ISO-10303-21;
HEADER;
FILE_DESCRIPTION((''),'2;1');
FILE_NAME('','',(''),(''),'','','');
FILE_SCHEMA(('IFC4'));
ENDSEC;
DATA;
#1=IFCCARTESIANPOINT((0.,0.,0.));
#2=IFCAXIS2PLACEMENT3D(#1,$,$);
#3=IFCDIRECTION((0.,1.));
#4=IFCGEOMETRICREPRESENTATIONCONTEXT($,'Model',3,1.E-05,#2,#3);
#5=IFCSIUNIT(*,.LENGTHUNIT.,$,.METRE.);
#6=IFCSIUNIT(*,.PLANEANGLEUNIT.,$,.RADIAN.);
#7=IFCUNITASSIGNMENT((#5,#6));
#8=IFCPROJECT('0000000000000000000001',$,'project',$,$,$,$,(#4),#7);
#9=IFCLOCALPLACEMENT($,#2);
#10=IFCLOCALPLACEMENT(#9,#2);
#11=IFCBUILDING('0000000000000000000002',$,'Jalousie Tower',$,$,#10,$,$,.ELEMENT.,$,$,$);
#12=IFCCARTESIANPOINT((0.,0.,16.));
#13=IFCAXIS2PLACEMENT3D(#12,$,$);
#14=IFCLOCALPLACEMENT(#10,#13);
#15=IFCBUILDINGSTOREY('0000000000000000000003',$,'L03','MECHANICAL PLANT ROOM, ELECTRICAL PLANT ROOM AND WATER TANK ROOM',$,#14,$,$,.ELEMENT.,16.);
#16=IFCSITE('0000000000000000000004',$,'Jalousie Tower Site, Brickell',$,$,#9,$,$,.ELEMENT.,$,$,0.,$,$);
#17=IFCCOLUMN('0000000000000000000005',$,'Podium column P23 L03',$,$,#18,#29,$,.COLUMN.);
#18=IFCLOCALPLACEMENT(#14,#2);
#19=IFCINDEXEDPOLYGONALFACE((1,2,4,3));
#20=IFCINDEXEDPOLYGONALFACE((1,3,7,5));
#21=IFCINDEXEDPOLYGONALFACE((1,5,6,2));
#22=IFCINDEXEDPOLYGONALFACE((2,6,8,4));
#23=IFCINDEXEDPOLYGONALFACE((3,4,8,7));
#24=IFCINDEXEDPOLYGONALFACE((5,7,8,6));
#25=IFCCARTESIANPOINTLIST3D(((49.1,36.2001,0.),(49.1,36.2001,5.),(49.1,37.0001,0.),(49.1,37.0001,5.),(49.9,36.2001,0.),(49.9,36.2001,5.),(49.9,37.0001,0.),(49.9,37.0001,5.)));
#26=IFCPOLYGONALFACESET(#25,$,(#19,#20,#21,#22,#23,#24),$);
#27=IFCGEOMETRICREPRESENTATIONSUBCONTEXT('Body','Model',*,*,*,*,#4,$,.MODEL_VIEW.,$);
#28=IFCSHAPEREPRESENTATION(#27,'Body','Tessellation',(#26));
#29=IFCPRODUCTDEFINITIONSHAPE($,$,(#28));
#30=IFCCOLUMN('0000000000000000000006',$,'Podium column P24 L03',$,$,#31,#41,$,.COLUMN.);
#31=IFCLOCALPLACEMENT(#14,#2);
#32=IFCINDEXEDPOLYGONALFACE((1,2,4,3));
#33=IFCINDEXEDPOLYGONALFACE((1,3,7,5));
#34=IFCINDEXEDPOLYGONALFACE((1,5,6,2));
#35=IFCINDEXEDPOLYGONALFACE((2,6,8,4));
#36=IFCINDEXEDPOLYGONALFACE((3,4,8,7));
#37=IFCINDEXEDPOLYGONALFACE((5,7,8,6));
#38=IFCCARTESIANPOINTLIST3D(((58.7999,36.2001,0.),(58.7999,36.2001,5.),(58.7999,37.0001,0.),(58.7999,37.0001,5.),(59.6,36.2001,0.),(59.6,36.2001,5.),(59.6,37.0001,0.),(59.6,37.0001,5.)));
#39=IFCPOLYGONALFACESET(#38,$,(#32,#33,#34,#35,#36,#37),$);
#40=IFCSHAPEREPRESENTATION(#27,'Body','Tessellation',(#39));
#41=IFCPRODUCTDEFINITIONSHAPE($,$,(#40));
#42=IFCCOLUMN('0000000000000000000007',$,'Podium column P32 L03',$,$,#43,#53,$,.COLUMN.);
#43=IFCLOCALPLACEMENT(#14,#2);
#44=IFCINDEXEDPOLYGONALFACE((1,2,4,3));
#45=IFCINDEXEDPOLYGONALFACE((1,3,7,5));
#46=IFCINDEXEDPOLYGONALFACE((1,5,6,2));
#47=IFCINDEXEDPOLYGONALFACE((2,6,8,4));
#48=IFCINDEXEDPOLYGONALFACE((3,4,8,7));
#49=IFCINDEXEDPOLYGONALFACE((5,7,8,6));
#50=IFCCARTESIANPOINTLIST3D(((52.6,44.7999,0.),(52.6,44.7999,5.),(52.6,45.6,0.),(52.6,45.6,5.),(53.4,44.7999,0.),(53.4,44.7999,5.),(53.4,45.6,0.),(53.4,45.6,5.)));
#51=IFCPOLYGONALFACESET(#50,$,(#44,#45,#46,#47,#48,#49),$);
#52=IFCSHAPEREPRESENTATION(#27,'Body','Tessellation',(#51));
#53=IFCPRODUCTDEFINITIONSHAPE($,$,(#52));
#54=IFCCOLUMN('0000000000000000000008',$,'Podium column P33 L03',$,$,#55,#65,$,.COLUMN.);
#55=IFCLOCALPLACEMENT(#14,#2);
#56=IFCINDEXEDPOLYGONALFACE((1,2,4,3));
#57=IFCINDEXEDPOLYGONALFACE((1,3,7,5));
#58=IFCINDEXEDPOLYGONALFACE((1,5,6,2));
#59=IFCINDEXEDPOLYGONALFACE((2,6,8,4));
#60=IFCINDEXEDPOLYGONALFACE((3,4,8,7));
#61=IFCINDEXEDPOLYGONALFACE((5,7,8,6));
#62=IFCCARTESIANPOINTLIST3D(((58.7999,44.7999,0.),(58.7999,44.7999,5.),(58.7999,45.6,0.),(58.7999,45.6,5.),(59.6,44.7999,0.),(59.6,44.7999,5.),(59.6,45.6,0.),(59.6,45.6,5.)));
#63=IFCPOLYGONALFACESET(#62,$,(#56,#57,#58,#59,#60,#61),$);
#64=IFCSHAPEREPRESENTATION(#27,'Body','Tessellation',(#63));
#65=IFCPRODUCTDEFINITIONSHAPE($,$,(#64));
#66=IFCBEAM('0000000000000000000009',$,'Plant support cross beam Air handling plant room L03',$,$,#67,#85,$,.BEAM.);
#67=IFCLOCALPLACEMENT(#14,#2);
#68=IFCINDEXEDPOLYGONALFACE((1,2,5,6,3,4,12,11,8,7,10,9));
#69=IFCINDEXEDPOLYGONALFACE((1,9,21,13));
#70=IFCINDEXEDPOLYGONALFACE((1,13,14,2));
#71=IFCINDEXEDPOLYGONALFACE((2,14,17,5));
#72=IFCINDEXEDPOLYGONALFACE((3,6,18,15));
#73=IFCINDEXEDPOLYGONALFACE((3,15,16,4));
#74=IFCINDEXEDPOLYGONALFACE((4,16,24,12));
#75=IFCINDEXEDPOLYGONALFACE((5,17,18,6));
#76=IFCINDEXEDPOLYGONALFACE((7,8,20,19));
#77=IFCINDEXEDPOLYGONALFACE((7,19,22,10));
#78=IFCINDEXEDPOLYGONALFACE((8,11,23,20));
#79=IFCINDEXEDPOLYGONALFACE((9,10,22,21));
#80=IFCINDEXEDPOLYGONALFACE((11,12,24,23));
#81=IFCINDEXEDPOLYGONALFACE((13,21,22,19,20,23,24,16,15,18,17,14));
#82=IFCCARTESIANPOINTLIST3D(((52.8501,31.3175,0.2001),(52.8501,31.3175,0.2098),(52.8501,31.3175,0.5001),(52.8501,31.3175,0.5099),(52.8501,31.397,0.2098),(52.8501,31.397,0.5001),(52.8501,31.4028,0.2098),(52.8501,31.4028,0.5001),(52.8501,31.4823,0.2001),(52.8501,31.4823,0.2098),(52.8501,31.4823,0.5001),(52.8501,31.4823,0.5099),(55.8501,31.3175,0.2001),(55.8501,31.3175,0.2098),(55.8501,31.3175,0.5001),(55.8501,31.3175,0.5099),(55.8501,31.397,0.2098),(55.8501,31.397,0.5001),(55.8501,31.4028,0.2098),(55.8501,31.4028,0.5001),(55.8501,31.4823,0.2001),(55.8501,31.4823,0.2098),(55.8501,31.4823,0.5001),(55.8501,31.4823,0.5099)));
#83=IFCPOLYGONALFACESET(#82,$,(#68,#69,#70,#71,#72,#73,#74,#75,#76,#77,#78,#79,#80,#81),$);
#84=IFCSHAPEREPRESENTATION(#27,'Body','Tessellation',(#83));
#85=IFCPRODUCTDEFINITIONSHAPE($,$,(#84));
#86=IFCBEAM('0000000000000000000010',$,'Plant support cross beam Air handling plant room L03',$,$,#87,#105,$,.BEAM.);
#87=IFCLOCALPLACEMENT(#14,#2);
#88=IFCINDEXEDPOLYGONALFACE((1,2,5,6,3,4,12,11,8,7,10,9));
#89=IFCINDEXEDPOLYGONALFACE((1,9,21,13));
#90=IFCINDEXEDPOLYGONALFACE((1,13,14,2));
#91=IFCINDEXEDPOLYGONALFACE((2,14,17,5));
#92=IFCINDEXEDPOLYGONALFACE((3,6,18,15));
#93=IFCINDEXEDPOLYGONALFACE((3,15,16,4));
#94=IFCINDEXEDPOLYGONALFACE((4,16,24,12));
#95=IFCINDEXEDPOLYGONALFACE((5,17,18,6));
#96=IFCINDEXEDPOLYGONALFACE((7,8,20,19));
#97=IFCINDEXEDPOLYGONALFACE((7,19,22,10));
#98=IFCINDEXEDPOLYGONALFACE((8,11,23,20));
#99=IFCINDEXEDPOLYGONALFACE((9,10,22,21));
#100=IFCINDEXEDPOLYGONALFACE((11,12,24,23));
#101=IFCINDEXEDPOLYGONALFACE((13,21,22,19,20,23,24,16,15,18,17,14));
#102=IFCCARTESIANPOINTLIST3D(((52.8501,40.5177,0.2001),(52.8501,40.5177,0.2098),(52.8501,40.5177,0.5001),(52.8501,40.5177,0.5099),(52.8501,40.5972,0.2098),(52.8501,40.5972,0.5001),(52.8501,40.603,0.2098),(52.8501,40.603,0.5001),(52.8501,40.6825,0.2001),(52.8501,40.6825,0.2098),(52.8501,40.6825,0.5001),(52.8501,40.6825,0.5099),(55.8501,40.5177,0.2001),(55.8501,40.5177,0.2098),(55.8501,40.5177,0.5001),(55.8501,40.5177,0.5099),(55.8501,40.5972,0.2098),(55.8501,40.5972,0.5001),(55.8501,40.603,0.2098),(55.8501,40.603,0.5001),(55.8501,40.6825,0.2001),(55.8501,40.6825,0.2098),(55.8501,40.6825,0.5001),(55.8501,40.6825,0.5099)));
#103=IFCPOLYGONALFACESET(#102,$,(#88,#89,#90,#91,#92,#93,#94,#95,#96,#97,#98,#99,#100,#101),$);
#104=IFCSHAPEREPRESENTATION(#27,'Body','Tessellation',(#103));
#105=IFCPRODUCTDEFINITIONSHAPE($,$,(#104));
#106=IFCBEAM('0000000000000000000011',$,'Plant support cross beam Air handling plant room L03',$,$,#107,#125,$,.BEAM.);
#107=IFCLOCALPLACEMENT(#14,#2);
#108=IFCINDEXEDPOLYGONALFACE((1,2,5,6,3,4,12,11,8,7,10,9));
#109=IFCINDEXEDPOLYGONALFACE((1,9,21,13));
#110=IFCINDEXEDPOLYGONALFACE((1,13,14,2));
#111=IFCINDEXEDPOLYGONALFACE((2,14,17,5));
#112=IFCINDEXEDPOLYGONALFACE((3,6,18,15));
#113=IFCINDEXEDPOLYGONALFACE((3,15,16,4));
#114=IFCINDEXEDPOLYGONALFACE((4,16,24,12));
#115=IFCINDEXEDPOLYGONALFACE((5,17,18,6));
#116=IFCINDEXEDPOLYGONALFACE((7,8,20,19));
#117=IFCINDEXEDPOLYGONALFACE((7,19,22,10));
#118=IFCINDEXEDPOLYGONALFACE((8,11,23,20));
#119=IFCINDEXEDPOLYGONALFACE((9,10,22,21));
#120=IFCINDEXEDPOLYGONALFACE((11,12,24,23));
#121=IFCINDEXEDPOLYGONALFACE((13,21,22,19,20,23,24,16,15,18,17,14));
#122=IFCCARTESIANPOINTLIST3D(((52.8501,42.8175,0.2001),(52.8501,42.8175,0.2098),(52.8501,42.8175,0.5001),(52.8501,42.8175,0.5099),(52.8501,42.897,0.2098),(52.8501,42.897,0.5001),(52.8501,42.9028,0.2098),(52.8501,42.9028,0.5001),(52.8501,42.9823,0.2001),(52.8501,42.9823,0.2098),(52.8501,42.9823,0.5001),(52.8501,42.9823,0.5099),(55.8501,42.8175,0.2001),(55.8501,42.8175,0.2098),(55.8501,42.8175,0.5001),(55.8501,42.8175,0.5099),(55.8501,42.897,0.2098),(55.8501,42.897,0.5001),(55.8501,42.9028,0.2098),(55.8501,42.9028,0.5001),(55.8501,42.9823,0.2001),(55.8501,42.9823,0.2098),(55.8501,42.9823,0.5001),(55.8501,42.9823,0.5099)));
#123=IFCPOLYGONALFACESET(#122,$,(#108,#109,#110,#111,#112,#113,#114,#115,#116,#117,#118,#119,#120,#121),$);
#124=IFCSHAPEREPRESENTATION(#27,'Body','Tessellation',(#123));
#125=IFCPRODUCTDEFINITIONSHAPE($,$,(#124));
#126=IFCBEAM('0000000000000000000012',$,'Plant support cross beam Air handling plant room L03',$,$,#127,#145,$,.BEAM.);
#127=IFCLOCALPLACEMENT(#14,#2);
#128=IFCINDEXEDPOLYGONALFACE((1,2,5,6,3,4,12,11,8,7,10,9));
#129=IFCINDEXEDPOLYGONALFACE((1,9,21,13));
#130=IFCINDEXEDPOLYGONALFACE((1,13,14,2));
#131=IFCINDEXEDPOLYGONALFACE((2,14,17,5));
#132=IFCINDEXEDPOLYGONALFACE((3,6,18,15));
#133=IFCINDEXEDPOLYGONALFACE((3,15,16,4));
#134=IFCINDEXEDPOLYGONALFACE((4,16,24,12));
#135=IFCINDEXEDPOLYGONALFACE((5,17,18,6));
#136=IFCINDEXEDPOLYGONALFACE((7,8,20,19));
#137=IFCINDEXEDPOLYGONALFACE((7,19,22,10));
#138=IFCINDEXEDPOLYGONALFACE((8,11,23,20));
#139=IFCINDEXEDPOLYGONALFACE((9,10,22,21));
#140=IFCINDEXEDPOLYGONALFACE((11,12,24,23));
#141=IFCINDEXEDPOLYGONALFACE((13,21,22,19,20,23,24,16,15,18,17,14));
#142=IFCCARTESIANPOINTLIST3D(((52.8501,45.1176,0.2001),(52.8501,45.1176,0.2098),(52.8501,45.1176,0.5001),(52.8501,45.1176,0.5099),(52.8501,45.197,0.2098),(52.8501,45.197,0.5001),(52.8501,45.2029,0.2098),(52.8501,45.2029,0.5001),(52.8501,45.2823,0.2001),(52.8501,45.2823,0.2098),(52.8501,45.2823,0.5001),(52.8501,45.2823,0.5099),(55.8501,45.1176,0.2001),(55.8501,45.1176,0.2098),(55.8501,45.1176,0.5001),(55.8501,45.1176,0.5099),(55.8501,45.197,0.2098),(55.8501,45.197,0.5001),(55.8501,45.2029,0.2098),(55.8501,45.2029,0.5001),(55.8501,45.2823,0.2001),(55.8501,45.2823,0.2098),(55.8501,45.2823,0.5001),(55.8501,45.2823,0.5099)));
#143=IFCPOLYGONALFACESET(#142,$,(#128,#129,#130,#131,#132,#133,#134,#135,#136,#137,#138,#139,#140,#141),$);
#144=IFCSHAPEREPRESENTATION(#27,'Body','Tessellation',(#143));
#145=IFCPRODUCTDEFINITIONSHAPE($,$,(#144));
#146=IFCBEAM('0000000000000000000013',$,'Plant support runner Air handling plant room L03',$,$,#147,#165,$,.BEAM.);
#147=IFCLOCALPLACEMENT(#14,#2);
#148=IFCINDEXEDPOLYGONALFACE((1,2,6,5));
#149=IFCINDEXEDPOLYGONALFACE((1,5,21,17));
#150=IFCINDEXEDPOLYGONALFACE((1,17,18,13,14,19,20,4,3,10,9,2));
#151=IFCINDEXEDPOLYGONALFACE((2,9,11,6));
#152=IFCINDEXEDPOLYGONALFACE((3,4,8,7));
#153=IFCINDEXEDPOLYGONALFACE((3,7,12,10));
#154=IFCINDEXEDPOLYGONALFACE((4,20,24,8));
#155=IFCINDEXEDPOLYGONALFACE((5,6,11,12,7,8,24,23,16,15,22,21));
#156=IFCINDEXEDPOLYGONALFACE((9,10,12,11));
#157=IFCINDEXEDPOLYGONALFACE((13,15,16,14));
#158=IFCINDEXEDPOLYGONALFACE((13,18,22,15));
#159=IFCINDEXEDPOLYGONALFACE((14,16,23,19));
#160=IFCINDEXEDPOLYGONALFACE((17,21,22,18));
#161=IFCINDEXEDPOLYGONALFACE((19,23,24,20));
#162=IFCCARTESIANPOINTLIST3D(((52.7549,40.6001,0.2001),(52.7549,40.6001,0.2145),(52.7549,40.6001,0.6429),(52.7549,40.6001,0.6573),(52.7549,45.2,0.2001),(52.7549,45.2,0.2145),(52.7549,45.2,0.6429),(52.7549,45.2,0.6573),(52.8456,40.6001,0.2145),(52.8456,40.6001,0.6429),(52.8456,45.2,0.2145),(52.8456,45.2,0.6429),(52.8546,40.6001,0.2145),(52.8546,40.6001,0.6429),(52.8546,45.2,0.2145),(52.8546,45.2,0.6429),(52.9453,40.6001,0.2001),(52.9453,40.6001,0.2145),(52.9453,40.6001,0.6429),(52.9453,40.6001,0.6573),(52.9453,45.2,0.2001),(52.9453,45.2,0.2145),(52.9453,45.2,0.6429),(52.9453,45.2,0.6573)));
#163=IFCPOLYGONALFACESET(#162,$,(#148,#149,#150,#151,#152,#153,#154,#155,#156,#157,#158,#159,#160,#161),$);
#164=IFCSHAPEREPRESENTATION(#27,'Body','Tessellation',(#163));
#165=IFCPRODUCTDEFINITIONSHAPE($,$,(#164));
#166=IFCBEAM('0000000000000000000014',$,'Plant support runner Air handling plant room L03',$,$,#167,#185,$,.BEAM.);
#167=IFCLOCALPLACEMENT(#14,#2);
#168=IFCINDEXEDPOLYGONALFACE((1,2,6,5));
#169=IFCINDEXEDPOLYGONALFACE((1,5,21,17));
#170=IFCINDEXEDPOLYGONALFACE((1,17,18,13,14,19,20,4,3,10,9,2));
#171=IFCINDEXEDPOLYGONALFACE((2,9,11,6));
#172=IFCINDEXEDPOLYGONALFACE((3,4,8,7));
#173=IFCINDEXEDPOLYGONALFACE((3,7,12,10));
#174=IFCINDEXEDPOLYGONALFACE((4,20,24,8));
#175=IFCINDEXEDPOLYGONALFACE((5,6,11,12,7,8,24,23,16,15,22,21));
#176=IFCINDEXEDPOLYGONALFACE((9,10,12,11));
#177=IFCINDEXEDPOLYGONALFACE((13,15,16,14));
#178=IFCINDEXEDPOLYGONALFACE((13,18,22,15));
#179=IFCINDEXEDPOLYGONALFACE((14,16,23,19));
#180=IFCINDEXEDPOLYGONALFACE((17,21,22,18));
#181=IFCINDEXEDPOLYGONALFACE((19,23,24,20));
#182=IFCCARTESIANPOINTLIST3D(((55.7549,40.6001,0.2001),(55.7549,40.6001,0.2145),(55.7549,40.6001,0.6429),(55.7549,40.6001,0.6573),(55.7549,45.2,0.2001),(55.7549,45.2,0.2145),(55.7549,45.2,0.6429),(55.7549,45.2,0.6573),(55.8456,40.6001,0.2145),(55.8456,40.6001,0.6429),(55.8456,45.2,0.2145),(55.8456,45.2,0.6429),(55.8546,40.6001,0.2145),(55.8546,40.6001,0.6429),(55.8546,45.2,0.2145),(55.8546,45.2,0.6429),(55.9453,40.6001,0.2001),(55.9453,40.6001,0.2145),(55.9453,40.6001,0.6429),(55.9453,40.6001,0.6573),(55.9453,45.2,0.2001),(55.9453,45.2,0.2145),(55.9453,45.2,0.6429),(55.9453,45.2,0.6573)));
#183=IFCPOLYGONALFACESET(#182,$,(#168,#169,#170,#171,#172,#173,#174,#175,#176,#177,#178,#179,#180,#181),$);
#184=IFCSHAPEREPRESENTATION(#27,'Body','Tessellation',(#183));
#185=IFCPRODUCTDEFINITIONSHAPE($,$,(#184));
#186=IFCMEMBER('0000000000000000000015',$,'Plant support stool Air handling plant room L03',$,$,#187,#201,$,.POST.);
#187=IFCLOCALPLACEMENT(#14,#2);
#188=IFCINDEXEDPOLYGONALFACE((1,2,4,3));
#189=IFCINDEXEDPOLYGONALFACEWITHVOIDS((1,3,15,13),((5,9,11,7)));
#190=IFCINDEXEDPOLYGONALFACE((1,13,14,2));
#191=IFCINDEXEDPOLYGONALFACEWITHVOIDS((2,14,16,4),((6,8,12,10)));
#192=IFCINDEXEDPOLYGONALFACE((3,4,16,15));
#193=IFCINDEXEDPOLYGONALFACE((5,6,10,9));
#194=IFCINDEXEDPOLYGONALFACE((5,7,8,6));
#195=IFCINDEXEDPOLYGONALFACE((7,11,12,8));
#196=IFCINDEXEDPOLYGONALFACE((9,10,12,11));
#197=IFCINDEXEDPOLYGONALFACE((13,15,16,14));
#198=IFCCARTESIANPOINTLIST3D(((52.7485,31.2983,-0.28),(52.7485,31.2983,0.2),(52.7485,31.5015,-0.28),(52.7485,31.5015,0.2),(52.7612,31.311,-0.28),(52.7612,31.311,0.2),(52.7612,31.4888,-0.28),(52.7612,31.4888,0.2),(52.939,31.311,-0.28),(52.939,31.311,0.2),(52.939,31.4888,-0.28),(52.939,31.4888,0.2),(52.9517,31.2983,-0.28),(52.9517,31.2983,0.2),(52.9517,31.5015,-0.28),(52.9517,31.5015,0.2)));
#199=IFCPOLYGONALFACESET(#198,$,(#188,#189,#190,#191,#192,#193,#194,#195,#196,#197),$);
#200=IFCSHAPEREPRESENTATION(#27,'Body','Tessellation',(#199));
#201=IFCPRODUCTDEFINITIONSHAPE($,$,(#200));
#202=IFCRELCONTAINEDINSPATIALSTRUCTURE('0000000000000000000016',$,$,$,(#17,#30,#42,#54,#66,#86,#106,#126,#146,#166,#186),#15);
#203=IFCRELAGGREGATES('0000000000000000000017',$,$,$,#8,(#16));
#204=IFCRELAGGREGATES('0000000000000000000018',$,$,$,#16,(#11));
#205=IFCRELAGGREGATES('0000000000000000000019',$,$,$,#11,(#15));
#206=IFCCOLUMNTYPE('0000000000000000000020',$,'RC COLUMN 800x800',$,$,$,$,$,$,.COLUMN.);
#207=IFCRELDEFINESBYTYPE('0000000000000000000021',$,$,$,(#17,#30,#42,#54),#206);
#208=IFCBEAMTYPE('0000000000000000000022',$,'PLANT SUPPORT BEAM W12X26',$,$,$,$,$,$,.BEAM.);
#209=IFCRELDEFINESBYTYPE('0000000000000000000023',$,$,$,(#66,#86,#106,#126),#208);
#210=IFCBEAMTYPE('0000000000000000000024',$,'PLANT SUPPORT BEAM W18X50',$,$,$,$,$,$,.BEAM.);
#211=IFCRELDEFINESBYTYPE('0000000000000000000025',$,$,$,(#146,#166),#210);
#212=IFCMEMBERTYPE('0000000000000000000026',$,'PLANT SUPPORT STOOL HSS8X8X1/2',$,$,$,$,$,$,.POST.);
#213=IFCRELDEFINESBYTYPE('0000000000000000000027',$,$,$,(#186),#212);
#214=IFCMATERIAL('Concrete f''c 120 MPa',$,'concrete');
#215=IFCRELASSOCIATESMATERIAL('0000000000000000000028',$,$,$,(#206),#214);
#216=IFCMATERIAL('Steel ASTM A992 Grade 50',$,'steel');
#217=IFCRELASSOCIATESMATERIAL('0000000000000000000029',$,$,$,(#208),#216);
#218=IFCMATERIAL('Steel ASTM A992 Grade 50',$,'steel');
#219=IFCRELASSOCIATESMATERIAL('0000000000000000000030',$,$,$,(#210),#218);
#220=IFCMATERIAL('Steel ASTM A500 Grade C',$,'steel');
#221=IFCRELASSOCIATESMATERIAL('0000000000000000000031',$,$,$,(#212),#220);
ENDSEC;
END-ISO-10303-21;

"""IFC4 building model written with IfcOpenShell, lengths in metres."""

from ifc_helpers import new_model, si_unit, direction, frame, origin, origin_2d, place, context, subcontext, project, spatial, rectangle, hollow_rectangle, i_section, extrude, material, material_profile, profile_set, type_object, element, save


model = new_model("IFC4")

# Units and contexts
model_context = context("Model", 3, precision=1e-05, world=origin(), true_north=direction((0.0, 1.0)))
body_context = subcontext(model_context, "Body", "Model", "MODEL_VIEW")
ifc_project = project(units=[si_unit("LENGTHUNIT", "METRE"), si_unit("PLANEANGLEUNIT", "RADIAN")], contexts=[model_context])

# Site, building, storey
site_placement = place(None, origin())
site = spatial("IfcSite", under=ifc_project, at=site_placement, Name="Jalousie Tower Site, Brickell", CompositionType="ELEMENT", RefElevation=0.0)
building_placement = place(site_placement, origin())
building = spatial("IfcBuilding", under=site, at=building_placement, Name="Jalousie Tower", CompositionType="ELEMENT")
storey_placement = place(building_placement, frame((0.0, 0.0, 16.0)))
storey = spatial("IfcBuildingStorey", under=building, at=storey_placement, Name="L03", Description="MECHANICAL PLANT ROOM, ELECTRICAL PLANT ROOM AND WATER TANK ROOM", CompositionType="ELEMENT", Elevation=16.0)

# Columns
ifc_material_1 = material(Name="Concrete f'c 120 MPa", Category="concrete")
ifc_material_profile_1 = material_profile(ifc_material_1, rectangle(XDim=0.8, YDim=0.8, at=origin_2d()), Name="RC 800x800")
ifc_profile_set_1 = profile_set([ifc_material_profile_1], Name="Concrete f'c 120 MPa")
column_type = type_object("IfcColumnType", Name="RC COLUMN 800x800", PredefinedType="COLUMN", material=ifc_profile_set_1)
for number, where, z_axis, x_axis, name in (
    (1, (49.5, 36.6001, 0.0), (0.0, 0.0, 1.0), (1.0, 0.0, 0.0), "Podium column P23 L03"),
    (2, (59.2, 36.6001, 0.0), (0.0, 0.0, 1.0), (1.0, 0.0, 0.0), "Podium column P24 L03"),
    (3, (53.0, 45.2, 0.0), (0.0, 0.0, 1.0), (1.0, 0.0, 0.0), "Podium column P32 L03"),
    (4, (59.2, 45.2, 0.0), (0.0, 0.0, 1.0), (1.0, 0.0, 0.0), "Podium column P33 L03"),
):
    element("IfcColumn", number, at=place(storey_placement, frame(where, z_axis=z_axis, x_axis=x_axis)), inside=storey, type_object=column_type, Name=name, PredefinedType="COLUMN", context=body_context, shape_type="SweptSolid", body=[
        extrude(rectangle(XDim=0.8, YDim=0.8, at=origin_2d()), origin(), (0.0, 0.0, 1.0), 5.0),
    ])

# Beams
ifc_material_2 = material(Name="Steel ASTM A992 Grade 50", Category="steel")
ifc_material_profile_2 = material_profile(ifc_material_2, i_section(OverallWidth=0.1648, OverallDepth=0.3098, WebThickness=0.0059, FlangeThickness=0.0098, at=origin_2d()), Name="W12X26")
ifc_profile_set_2 = profile_set([ifc_material_profile_2], Name="Steel ASTM A992 Grade 50")
beam_type_1 = type_object("IfcBeamType", Name="PLANT SUPPORT BEAM W12X26", PredefinedType="BEAM", material=ifc_profile_set_2)
for number, where, z_axis, x_axis, name in (
    (5, (52.8501, 31.3999, 0.355), (1.0, 0.0, 0.0), (0.0, 1.0, 0.0), "Plant support cross beam Air handling plant room L03"),
    (6, (52.8501, 40.6001, 0.355), (1.0, 0.0, 0.0), (0.0, 1.0, 0.0), "Plant support cross beam Air handling plant room L03"),
    (7, (52.8501, 42.8999, 0.355), (1.0, 0.0, 0.0), (0.0, 1.0, 0.0), "Plant support cross beam Air handling plant room L03"),
    (8, (52.8501, 45.2, 0.355), (1.0, 0.0, 0.0), (0.0, 1.0, 0.0), "Plant support cross beam Air handling plant room L03"),
):
    element("IfcBeam", number, at=place(storey_placement, frame(where, z_axis=z_axis, x_axis=x_axis)), inside=storey, type_object=beam_type_1, Name=name, PredefinedType="BEAM", context=body_context, shape_type="SweptSolid", body=[
        extrude(i_section(OverallWidth=0.1648, OverallDepth=0.3098, WebThickness=0.0059, FlangeThickness=0.0098, at=origin_2d()), origin(), (0.0, 0.0, 1.0), 3.0),
    ])
ifc_material_3 = material(Name="Steel ASTM A992 Grade 50", Category="steel")
ifc_material_profile_3 = material_profile(ifc_material_3, i_section(OverallWidth=0.1904, OverallDepth=0.4573, WebThickness=0.009, FlangeThickness=0.0144, at=origin_2d()), Name="W18X50")
ifc_profile_set_3 = profile_set([ifc_material_profile_3], Name="Steel ASTM A992 Grade 50")
beam_type_2 = type_object("IfcBeamType", Name="PLANT SUPPORT BEAM W18X50", PredefinedType="BEAM", material=ifc_profile_set_3)
for number, where, z_axis, x_axis, name in (
    (9, (52.8501, 40.6001, 0.4287), (0.0, 1.0, 0.0), (-1.0, 0.0, 0.0), "Plant support runner Air handling plant room L03"),
    (10, (55.8501, 40.6001, 0.4287), (0.0, 1.0, 0.0), (-1.0, 0.0, 0.0), "Plant support runner Air handling plant room L03"),
):
    element("IfcBeam", number, at=place(storey_placement, frame(where, z_axis=z_axis, x_axis=x_axis)), inside=storey, type_object=beam_type_2, Name=name, PredefinedType="BEAM", context=body_context, shape_type="SweptSolid", body=[
        extrude(i_section(OverallWidth=0.1904, OverallDepth=0.4573, WebThickness=0.009, FlangeThickness=0.0144, at=origin_2d()), origin(), (0.0, 0.0, 1.0), 4.5999),
    ])

# Member
ifc_material_4 = material(Name="Steel ASTM A500 Grade C", Category="steel")
ifc_material_profile_4 = material_profile(ifc_material_4, hollow_rectangle(XDim=0.2031, YDim=0.2031, WallThickness=0.0127, at=origin_2d()), Name="HSS8X8X1/2")
ifc_profile_set_4 = profile_set([ifc_material_profile_4], Name="Steel ASTM A500 Grade C")
member_type = type_object("IfcMemberType", Name="PLANT SUPPORT STOOL HSS8X8X1/2", PredefinedType="POST", material=ifc_profile_set_4)
for number, where, z_axis, x_axis, name in (
    (11, (52.8501, 31.3999, -0.28), (0.0, 0.0, 1.0), (1.0, 0.0, 0.0), "Plant support stool Air handling plant room L03"),
):
    element("IfcMember", number, at=place(storey_placement, frame(where, z_axis=z_axis, x_axis=x_axis)), inside=storey, type_object=member_type, Name=name, PredefinedType="POST", context=body_context, shape_type="SweptSolid", body=[
        extrude(hollow_rectangle(XDim=0.2031, YDim=0.2031, WallThickness=0.0127, at=origin_2d()), origin(), (0.0, 0.0, 1.0), 0.48),
    ])

save(model, "model.ifc")
